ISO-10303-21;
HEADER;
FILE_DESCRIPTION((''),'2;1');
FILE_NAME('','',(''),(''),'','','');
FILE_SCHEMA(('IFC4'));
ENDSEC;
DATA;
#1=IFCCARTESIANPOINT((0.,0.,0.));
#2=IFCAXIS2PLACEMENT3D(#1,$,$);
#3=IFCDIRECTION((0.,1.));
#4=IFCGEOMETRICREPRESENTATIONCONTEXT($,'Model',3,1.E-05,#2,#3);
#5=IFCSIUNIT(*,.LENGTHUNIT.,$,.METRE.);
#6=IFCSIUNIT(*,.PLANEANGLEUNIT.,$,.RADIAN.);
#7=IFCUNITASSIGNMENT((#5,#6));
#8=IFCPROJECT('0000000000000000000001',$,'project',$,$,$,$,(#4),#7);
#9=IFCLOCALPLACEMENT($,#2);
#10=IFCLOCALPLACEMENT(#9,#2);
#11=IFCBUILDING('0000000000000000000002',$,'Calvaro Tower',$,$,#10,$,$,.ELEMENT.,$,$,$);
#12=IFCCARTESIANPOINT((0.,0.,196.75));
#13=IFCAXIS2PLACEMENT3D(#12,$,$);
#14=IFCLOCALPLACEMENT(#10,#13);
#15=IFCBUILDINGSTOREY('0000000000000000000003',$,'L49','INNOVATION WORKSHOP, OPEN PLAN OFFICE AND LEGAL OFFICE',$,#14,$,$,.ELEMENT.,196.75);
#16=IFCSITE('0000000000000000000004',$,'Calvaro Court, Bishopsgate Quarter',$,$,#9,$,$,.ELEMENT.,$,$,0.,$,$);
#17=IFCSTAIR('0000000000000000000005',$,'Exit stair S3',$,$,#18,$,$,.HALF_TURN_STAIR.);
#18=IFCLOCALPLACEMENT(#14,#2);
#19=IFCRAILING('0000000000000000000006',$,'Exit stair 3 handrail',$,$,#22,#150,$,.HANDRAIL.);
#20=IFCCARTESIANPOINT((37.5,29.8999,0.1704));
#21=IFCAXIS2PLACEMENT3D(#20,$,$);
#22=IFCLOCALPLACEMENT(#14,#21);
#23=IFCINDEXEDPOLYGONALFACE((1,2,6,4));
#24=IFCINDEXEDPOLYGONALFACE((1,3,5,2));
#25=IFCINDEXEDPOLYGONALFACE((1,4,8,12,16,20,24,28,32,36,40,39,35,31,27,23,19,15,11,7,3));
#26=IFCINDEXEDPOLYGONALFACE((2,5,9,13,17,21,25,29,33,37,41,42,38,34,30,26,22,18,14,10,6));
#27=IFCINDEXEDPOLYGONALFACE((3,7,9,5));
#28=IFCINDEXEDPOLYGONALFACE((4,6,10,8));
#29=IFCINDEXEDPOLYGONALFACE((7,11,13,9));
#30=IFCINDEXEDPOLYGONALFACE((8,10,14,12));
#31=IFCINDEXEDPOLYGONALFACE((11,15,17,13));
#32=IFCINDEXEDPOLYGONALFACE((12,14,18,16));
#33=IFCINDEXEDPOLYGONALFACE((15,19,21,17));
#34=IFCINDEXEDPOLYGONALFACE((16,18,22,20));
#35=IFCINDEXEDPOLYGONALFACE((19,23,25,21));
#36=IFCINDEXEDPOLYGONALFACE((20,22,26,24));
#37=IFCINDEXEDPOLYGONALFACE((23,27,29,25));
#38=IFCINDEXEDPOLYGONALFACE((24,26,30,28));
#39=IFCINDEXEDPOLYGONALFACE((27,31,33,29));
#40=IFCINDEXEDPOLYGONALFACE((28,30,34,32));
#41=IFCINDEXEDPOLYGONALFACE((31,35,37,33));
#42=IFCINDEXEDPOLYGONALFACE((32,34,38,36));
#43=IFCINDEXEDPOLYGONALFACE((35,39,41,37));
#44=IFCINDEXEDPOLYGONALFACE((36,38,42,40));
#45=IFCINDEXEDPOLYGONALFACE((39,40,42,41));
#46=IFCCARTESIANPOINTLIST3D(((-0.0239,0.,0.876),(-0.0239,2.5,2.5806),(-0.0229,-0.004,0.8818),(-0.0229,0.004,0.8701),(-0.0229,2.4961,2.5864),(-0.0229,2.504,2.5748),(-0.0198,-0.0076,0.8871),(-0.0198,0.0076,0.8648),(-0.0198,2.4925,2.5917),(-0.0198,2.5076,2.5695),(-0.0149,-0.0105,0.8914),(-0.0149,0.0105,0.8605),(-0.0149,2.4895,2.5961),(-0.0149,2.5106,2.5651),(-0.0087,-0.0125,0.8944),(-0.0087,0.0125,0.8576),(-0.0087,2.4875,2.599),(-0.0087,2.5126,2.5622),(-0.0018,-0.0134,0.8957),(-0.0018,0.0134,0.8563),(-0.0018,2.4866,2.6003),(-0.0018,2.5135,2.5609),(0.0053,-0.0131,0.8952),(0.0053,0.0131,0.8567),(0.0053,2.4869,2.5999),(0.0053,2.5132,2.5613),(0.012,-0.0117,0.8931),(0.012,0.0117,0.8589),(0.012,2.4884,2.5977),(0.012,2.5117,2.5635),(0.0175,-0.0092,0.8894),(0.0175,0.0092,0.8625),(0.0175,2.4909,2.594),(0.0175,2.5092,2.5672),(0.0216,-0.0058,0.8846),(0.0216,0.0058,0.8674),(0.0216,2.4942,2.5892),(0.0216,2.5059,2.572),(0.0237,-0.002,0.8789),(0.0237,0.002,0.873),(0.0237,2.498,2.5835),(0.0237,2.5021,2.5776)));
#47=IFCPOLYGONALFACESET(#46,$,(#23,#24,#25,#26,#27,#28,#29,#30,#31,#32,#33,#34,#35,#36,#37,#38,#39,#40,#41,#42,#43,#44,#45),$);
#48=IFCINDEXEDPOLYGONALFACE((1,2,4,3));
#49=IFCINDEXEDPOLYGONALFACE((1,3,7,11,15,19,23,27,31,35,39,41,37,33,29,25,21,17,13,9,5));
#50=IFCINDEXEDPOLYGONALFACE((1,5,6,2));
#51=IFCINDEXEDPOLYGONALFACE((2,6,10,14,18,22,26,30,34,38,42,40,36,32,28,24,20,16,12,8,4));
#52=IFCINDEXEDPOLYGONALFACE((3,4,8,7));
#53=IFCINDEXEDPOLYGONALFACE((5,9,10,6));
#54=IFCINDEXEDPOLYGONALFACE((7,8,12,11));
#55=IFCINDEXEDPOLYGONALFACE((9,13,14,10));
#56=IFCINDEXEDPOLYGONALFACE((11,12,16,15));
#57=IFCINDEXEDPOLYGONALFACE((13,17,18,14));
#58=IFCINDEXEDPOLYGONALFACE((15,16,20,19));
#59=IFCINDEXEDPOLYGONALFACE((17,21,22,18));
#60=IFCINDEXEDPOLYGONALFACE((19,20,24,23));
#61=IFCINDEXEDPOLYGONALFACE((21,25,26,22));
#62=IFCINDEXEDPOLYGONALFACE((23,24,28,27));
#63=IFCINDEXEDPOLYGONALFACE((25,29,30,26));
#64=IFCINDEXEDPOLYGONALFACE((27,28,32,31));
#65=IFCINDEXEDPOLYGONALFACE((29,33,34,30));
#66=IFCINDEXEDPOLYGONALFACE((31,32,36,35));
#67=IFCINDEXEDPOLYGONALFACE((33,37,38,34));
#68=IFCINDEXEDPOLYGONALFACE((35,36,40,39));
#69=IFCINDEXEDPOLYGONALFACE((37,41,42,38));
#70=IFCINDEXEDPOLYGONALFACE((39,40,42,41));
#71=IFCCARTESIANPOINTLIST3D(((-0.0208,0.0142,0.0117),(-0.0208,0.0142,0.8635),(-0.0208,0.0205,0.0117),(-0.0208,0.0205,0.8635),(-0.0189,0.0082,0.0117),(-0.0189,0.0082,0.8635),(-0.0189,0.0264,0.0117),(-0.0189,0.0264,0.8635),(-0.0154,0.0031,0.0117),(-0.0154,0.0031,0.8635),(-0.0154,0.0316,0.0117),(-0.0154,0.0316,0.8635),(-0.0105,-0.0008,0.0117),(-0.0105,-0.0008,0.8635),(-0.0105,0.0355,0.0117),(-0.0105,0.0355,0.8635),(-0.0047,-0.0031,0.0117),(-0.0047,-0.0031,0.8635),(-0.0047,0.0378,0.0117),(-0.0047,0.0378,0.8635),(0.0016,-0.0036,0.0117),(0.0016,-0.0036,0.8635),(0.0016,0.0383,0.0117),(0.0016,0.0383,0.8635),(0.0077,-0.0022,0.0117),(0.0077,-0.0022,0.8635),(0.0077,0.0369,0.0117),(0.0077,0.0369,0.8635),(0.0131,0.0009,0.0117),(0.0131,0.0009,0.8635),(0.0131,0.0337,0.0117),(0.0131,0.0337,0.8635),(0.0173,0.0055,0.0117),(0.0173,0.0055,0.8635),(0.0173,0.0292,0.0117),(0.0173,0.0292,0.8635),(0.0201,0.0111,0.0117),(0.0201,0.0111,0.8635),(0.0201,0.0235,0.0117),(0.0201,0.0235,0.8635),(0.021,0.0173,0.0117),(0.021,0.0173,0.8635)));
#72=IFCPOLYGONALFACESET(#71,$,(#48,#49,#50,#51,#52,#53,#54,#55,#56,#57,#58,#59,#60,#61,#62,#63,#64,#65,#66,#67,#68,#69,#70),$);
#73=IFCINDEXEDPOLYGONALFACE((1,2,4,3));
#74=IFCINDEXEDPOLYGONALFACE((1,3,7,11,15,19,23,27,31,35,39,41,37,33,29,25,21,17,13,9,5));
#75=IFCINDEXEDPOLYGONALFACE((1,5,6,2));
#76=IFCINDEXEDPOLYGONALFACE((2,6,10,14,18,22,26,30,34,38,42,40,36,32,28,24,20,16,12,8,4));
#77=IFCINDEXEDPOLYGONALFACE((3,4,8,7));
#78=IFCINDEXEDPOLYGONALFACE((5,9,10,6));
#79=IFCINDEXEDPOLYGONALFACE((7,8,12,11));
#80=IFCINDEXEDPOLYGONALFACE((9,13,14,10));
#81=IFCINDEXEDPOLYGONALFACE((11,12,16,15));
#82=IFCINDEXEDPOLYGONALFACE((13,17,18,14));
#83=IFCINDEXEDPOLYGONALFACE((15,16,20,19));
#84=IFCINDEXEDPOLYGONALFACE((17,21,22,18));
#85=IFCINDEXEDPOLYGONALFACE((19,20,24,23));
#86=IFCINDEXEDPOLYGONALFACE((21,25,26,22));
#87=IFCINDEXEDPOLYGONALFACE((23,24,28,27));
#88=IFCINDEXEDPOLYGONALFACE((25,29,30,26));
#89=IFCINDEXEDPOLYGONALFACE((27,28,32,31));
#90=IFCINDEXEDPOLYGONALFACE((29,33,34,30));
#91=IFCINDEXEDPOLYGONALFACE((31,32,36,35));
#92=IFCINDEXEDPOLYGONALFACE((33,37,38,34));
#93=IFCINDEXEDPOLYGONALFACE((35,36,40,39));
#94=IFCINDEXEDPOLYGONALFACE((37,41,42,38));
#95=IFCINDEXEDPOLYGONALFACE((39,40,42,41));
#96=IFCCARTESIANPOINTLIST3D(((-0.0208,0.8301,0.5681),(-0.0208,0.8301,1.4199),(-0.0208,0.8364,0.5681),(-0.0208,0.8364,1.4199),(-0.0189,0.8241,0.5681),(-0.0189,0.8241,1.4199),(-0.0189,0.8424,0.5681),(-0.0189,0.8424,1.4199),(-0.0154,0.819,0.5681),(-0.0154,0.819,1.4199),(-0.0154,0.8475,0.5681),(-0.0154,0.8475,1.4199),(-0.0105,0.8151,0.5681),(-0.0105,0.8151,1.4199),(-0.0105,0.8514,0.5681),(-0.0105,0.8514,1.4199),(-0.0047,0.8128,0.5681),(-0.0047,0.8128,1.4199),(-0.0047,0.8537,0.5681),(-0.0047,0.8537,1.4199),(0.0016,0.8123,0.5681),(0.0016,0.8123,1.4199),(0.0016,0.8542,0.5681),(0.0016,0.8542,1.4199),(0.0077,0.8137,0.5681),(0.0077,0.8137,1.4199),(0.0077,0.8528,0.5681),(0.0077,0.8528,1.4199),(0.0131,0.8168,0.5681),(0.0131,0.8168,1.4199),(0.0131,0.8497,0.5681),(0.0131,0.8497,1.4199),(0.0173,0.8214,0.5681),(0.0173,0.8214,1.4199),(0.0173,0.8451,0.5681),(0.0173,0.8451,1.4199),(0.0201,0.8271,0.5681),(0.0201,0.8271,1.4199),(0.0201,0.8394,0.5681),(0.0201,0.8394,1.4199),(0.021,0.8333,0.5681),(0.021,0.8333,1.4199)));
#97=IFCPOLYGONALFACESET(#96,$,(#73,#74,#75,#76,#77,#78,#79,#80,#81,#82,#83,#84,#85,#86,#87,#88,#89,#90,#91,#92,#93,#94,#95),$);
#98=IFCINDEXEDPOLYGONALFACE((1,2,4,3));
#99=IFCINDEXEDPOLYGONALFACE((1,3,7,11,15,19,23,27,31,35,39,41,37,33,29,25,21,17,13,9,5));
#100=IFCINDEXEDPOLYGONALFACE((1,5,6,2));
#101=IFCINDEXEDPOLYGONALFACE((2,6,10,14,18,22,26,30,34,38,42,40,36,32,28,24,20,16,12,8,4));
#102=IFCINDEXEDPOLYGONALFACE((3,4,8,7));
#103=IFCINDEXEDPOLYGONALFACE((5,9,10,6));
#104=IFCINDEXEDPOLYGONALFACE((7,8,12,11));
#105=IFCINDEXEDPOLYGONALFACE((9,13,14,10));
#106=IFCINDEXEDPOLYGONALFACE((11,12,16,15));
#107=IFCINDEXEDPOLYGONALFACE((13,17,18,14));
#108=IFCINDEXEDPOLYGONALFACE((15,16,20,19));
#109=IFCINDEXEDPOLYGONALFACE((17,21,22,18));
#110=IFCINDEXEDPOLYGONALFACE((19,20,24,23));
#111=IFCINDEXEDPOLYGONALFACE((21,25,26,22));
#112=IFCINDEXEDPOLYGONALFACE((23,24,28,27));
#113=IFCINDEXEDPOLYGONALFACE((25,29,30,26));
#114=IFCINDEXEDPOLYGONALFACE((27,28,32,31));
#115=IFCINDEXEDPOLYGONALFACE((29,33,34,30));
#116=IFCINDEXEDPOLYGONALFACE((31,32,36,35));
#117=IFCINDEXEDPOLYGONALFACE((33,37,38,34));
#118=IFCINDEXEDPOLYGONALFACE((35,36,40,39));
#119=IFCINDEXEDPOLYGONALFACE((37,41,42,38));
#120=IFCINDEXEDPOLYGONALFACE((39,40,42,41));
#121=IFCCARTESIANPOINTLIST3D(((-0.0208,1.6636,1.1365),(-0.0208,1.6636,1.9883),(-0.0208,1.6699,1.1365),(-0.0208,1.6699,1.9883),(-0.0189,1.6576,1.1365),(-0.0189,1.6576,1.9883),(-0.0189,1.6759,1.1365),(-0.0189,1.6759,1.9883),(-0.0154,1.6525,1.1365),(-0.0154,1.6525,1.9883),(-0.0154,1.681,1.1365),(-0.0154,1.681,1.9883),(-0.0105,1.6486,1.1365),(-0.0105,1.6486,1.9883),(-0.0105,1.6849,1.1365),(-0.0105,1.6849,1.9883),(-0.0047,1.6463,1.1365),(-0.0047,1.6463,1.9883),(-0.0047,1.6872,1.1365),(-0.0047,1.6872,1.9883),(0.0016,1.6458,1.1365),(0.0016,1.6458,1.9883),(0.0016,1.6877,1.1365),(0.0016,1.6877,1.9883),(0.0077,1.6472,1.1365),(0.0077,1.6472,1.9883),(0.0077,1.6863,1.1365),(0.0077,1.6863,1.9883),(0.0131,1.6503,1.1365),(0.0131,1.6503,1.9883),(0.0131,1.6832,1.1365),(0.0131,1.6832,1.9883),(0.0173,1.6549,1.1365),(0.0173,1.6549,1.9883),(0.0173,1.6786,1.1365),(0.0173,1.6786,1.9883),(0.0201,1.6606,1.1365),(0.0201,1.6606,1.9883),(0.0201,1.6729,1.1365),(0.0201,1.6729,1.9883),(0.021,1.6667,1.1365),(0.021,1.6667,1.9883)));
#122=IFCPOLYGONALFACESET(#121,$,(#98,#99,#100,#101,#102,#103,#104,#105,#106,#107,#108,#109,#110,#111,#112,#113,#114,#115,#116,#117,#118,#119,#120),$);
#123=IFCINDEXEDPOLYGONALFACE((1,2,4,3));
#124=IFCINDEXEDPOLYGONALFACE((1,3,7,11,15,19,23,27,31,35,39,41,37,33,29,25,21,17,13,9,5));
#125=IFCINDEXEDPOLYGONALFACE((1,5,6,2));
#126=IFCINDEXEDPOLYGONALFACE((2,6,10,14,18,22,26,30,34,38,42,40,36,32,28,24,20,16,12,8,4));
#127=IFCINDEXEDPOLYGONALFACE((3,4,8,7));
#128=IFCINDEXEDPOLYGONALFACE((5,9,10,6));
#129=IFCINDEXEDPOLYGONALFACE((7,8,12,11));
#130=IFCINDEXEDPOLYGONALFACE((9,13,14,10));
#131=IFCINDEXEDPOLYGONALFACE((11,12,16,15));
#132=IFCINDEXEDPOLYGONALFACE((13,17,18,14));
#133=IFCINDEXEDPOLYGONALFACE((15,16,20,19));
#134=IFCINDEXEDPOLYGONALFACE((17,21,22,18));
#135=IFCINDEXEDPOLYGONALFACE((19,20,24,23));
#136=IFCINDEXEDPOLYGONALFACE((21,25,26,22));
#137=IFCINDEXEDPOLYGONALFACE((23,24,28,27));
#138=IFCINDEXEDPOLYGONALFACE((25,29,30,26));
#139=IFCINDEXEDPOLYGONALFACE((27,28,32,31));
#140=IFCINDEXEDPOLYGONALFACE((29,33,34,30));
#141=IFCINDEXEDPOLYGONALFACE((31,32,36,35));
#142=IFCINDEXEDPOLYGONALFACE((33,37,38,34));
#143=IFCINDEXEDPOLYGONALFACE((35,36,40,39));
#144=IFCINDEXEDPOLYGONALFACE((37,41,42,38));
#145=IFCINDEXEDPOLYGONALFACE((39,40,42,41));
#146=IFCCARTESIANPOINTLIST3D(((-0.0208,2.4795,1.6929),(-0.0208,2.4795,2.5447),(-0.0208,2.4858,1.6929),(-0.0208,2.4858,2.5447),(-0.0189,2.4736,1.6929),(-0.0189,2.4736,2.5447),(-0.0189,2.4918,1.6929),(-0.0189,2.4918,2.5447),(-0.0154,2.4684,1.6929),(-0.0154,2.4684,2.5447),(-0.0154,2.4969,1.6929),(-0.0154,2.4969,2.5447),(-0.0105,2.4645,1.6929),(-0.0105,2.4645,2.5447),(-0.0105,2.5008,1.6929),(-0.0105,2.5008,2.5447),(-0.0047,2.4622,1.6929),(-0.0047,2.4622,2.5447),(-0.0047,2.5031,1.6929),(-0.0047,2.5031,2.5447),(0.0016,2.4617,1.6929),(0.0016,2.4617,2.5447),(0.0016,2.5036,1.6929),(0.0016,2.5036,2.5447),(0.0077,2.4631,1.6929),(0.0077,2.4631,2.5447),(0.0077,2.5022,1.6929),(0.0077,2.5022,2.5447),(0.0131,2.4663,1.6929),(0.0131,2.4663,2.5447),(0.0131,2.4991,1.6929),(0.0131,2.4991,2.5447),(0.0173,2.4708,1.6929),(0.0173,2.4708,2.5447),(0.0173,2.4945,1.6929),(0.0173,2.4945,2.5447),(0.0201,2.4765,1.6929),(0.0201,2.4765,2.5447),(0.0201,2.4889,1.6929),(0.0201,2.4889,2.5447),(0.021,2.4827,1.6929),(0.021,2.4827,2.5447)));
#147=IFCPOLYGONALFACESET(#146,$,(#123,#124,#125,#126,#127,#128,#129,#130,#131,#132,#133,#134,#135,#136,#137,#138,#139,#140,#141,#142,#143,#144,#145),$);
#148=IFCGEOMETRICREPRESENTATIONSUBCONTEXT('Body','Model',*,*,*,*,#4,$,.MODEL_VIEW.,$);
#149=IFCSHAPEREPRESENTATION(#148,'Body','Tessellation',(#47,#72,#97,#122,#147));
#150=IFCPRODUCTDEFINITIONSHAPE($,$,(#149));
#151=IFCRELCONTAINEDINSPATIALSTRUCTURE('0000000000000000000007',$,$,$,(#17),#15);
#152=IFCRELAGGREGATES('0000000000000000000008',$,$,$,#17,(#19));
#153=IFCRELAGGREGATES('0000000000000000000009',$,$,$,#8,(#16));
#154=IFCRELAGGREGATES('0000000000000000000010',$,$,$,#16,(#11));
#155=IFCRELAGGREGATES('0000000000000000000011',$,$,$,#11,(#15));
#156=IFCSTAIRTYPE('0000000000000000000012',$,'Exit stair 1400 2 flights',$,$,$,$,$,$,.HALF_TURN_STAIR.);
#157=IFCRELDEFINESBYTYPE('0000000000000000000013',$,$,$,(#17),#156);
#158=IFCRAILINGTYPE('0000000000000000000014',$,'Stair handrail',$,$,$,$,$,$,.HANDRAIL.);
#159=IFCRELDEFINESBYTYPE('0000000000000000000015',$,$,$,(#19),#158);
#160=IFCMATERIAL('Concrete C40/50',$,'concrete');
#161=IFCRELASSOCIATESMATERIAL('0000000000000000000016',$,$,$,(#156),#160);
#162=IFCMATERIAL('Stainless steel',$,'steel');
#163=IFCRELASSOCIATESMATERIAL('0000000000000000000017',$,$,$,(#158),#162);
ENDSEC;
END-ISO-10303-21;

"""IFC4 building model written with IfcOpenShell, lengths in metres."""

from ifc_helpers import new_model, si_unit, direction, frame, origin, origin_2d, place, context, subcontext, project, spatial, circle, extrude, material, type_object, element, aggregate, save


model = new_model("IFC4")

# Units and contexts
model_context = context("Model", 3, precision=1e-05, world=origin(), true_north=direction((0.0, 1.0)))
body_context = subcontext(model_context, "Body", "Model", "MODEL_VIEW")
ifc_project = project(units=[si_unit("LENGTHUNIT", "METRE"), si_unit("PLANEANGLEUNIT", "RADIAN")], contexts=[model_context])

# Site, building, storey
site_placement = place(None, origin())
site = spatial("IfcSite", under=ifc_project, at=site_placement, Name="Calvaro Court, Bishopsgate Quarter", CompositionType="ELEMENT", RefElevation=0.0)
building_placement = place(site_placement, origin())
building = spatial("IfcBuilding", under=site, at=building_placement, Name="Calvaro Tower", CompositionType="ELEMENT")
storey_placement = place(building_placement, frame((0.0, 0.0, 196.75)))
storey = spatial("IfcBuildingStorey", under=building, at=storey_placement, Name="L49", Description="INNOVATION WORKSHOP, OPEN PLAN OFFICE AND LEGAL OFFICE", CompositionType="ELEMENT", Elevation=196.75)

# Stair, railing
ifc_material_1 = material(Name="Concrete C40/50", Category="concrete")
stair_type = type_object("IfcStairType", Name="Exit stair 1400 2 flights", PredefinedType="HALF_TURN_STAIR", material=ifc_material_1)
stair_placement = place(storey_placement, origin())
stair = element("IfcStair", 1, at=stair_placement, inside=storey, type_object=stair_type, Name="Exit stair S3", PredefinedType="HALF_TURN_STAIR")
ifc_material_2 = material(Name="Stainless steel", Category="steel")
railing_type = type_object("IfcRailingType", Name="Stair handrail", PredefinedType="HANDRAIL", material=ifc_material_2)
railing_1_placement = place(storey_placement, frame((37.5, 29.8999, 0.1704)))
railing_1 = element("IfcRailing", 2, at=railing_1_placement, type_object=railing_type, Name="Exit stair 3 handrail", PredefinedType="HANDRAIL", context=body_context, shape_type="SweptSolid", body=[
    extrude(circle(Radius=0.0239, at=origin_2d()), frame((0.0, 0.0, 0.876), z_axis=(0.0, 0.826221, 0.563347), x_axis=(-1.0, 0.0, 0.0)), (0.0, 0.0, 1.0), 3.0259),
    extrude(circle(Radius=0.021, at=origin_2d()), frame((0.0, 0.0173, 0.0117)), (0.0, 0.0, 1.0), 0.8518),
    extrude(circle(Radius=0.021, at=origin_2d()), frame((0.0, 0.8333, 0.5681)), (0.0, 0.0, 1.0), 0.8518),
    extrude(circle(Radius=0.021, at=origin_2d()), frame((0.0, 1.6667, 1.1365)), (0.0, 0.0, 1.0), 0.8518),
    extrude(circle(Radius=0.021, at=origin_2d()), frame((0.0, 2.4827, 1.6929)), (0.0, 0.0, 1.0), 0.8518),
])
aggregate(stair, [railing_1])

save(model, "model.ifc")
